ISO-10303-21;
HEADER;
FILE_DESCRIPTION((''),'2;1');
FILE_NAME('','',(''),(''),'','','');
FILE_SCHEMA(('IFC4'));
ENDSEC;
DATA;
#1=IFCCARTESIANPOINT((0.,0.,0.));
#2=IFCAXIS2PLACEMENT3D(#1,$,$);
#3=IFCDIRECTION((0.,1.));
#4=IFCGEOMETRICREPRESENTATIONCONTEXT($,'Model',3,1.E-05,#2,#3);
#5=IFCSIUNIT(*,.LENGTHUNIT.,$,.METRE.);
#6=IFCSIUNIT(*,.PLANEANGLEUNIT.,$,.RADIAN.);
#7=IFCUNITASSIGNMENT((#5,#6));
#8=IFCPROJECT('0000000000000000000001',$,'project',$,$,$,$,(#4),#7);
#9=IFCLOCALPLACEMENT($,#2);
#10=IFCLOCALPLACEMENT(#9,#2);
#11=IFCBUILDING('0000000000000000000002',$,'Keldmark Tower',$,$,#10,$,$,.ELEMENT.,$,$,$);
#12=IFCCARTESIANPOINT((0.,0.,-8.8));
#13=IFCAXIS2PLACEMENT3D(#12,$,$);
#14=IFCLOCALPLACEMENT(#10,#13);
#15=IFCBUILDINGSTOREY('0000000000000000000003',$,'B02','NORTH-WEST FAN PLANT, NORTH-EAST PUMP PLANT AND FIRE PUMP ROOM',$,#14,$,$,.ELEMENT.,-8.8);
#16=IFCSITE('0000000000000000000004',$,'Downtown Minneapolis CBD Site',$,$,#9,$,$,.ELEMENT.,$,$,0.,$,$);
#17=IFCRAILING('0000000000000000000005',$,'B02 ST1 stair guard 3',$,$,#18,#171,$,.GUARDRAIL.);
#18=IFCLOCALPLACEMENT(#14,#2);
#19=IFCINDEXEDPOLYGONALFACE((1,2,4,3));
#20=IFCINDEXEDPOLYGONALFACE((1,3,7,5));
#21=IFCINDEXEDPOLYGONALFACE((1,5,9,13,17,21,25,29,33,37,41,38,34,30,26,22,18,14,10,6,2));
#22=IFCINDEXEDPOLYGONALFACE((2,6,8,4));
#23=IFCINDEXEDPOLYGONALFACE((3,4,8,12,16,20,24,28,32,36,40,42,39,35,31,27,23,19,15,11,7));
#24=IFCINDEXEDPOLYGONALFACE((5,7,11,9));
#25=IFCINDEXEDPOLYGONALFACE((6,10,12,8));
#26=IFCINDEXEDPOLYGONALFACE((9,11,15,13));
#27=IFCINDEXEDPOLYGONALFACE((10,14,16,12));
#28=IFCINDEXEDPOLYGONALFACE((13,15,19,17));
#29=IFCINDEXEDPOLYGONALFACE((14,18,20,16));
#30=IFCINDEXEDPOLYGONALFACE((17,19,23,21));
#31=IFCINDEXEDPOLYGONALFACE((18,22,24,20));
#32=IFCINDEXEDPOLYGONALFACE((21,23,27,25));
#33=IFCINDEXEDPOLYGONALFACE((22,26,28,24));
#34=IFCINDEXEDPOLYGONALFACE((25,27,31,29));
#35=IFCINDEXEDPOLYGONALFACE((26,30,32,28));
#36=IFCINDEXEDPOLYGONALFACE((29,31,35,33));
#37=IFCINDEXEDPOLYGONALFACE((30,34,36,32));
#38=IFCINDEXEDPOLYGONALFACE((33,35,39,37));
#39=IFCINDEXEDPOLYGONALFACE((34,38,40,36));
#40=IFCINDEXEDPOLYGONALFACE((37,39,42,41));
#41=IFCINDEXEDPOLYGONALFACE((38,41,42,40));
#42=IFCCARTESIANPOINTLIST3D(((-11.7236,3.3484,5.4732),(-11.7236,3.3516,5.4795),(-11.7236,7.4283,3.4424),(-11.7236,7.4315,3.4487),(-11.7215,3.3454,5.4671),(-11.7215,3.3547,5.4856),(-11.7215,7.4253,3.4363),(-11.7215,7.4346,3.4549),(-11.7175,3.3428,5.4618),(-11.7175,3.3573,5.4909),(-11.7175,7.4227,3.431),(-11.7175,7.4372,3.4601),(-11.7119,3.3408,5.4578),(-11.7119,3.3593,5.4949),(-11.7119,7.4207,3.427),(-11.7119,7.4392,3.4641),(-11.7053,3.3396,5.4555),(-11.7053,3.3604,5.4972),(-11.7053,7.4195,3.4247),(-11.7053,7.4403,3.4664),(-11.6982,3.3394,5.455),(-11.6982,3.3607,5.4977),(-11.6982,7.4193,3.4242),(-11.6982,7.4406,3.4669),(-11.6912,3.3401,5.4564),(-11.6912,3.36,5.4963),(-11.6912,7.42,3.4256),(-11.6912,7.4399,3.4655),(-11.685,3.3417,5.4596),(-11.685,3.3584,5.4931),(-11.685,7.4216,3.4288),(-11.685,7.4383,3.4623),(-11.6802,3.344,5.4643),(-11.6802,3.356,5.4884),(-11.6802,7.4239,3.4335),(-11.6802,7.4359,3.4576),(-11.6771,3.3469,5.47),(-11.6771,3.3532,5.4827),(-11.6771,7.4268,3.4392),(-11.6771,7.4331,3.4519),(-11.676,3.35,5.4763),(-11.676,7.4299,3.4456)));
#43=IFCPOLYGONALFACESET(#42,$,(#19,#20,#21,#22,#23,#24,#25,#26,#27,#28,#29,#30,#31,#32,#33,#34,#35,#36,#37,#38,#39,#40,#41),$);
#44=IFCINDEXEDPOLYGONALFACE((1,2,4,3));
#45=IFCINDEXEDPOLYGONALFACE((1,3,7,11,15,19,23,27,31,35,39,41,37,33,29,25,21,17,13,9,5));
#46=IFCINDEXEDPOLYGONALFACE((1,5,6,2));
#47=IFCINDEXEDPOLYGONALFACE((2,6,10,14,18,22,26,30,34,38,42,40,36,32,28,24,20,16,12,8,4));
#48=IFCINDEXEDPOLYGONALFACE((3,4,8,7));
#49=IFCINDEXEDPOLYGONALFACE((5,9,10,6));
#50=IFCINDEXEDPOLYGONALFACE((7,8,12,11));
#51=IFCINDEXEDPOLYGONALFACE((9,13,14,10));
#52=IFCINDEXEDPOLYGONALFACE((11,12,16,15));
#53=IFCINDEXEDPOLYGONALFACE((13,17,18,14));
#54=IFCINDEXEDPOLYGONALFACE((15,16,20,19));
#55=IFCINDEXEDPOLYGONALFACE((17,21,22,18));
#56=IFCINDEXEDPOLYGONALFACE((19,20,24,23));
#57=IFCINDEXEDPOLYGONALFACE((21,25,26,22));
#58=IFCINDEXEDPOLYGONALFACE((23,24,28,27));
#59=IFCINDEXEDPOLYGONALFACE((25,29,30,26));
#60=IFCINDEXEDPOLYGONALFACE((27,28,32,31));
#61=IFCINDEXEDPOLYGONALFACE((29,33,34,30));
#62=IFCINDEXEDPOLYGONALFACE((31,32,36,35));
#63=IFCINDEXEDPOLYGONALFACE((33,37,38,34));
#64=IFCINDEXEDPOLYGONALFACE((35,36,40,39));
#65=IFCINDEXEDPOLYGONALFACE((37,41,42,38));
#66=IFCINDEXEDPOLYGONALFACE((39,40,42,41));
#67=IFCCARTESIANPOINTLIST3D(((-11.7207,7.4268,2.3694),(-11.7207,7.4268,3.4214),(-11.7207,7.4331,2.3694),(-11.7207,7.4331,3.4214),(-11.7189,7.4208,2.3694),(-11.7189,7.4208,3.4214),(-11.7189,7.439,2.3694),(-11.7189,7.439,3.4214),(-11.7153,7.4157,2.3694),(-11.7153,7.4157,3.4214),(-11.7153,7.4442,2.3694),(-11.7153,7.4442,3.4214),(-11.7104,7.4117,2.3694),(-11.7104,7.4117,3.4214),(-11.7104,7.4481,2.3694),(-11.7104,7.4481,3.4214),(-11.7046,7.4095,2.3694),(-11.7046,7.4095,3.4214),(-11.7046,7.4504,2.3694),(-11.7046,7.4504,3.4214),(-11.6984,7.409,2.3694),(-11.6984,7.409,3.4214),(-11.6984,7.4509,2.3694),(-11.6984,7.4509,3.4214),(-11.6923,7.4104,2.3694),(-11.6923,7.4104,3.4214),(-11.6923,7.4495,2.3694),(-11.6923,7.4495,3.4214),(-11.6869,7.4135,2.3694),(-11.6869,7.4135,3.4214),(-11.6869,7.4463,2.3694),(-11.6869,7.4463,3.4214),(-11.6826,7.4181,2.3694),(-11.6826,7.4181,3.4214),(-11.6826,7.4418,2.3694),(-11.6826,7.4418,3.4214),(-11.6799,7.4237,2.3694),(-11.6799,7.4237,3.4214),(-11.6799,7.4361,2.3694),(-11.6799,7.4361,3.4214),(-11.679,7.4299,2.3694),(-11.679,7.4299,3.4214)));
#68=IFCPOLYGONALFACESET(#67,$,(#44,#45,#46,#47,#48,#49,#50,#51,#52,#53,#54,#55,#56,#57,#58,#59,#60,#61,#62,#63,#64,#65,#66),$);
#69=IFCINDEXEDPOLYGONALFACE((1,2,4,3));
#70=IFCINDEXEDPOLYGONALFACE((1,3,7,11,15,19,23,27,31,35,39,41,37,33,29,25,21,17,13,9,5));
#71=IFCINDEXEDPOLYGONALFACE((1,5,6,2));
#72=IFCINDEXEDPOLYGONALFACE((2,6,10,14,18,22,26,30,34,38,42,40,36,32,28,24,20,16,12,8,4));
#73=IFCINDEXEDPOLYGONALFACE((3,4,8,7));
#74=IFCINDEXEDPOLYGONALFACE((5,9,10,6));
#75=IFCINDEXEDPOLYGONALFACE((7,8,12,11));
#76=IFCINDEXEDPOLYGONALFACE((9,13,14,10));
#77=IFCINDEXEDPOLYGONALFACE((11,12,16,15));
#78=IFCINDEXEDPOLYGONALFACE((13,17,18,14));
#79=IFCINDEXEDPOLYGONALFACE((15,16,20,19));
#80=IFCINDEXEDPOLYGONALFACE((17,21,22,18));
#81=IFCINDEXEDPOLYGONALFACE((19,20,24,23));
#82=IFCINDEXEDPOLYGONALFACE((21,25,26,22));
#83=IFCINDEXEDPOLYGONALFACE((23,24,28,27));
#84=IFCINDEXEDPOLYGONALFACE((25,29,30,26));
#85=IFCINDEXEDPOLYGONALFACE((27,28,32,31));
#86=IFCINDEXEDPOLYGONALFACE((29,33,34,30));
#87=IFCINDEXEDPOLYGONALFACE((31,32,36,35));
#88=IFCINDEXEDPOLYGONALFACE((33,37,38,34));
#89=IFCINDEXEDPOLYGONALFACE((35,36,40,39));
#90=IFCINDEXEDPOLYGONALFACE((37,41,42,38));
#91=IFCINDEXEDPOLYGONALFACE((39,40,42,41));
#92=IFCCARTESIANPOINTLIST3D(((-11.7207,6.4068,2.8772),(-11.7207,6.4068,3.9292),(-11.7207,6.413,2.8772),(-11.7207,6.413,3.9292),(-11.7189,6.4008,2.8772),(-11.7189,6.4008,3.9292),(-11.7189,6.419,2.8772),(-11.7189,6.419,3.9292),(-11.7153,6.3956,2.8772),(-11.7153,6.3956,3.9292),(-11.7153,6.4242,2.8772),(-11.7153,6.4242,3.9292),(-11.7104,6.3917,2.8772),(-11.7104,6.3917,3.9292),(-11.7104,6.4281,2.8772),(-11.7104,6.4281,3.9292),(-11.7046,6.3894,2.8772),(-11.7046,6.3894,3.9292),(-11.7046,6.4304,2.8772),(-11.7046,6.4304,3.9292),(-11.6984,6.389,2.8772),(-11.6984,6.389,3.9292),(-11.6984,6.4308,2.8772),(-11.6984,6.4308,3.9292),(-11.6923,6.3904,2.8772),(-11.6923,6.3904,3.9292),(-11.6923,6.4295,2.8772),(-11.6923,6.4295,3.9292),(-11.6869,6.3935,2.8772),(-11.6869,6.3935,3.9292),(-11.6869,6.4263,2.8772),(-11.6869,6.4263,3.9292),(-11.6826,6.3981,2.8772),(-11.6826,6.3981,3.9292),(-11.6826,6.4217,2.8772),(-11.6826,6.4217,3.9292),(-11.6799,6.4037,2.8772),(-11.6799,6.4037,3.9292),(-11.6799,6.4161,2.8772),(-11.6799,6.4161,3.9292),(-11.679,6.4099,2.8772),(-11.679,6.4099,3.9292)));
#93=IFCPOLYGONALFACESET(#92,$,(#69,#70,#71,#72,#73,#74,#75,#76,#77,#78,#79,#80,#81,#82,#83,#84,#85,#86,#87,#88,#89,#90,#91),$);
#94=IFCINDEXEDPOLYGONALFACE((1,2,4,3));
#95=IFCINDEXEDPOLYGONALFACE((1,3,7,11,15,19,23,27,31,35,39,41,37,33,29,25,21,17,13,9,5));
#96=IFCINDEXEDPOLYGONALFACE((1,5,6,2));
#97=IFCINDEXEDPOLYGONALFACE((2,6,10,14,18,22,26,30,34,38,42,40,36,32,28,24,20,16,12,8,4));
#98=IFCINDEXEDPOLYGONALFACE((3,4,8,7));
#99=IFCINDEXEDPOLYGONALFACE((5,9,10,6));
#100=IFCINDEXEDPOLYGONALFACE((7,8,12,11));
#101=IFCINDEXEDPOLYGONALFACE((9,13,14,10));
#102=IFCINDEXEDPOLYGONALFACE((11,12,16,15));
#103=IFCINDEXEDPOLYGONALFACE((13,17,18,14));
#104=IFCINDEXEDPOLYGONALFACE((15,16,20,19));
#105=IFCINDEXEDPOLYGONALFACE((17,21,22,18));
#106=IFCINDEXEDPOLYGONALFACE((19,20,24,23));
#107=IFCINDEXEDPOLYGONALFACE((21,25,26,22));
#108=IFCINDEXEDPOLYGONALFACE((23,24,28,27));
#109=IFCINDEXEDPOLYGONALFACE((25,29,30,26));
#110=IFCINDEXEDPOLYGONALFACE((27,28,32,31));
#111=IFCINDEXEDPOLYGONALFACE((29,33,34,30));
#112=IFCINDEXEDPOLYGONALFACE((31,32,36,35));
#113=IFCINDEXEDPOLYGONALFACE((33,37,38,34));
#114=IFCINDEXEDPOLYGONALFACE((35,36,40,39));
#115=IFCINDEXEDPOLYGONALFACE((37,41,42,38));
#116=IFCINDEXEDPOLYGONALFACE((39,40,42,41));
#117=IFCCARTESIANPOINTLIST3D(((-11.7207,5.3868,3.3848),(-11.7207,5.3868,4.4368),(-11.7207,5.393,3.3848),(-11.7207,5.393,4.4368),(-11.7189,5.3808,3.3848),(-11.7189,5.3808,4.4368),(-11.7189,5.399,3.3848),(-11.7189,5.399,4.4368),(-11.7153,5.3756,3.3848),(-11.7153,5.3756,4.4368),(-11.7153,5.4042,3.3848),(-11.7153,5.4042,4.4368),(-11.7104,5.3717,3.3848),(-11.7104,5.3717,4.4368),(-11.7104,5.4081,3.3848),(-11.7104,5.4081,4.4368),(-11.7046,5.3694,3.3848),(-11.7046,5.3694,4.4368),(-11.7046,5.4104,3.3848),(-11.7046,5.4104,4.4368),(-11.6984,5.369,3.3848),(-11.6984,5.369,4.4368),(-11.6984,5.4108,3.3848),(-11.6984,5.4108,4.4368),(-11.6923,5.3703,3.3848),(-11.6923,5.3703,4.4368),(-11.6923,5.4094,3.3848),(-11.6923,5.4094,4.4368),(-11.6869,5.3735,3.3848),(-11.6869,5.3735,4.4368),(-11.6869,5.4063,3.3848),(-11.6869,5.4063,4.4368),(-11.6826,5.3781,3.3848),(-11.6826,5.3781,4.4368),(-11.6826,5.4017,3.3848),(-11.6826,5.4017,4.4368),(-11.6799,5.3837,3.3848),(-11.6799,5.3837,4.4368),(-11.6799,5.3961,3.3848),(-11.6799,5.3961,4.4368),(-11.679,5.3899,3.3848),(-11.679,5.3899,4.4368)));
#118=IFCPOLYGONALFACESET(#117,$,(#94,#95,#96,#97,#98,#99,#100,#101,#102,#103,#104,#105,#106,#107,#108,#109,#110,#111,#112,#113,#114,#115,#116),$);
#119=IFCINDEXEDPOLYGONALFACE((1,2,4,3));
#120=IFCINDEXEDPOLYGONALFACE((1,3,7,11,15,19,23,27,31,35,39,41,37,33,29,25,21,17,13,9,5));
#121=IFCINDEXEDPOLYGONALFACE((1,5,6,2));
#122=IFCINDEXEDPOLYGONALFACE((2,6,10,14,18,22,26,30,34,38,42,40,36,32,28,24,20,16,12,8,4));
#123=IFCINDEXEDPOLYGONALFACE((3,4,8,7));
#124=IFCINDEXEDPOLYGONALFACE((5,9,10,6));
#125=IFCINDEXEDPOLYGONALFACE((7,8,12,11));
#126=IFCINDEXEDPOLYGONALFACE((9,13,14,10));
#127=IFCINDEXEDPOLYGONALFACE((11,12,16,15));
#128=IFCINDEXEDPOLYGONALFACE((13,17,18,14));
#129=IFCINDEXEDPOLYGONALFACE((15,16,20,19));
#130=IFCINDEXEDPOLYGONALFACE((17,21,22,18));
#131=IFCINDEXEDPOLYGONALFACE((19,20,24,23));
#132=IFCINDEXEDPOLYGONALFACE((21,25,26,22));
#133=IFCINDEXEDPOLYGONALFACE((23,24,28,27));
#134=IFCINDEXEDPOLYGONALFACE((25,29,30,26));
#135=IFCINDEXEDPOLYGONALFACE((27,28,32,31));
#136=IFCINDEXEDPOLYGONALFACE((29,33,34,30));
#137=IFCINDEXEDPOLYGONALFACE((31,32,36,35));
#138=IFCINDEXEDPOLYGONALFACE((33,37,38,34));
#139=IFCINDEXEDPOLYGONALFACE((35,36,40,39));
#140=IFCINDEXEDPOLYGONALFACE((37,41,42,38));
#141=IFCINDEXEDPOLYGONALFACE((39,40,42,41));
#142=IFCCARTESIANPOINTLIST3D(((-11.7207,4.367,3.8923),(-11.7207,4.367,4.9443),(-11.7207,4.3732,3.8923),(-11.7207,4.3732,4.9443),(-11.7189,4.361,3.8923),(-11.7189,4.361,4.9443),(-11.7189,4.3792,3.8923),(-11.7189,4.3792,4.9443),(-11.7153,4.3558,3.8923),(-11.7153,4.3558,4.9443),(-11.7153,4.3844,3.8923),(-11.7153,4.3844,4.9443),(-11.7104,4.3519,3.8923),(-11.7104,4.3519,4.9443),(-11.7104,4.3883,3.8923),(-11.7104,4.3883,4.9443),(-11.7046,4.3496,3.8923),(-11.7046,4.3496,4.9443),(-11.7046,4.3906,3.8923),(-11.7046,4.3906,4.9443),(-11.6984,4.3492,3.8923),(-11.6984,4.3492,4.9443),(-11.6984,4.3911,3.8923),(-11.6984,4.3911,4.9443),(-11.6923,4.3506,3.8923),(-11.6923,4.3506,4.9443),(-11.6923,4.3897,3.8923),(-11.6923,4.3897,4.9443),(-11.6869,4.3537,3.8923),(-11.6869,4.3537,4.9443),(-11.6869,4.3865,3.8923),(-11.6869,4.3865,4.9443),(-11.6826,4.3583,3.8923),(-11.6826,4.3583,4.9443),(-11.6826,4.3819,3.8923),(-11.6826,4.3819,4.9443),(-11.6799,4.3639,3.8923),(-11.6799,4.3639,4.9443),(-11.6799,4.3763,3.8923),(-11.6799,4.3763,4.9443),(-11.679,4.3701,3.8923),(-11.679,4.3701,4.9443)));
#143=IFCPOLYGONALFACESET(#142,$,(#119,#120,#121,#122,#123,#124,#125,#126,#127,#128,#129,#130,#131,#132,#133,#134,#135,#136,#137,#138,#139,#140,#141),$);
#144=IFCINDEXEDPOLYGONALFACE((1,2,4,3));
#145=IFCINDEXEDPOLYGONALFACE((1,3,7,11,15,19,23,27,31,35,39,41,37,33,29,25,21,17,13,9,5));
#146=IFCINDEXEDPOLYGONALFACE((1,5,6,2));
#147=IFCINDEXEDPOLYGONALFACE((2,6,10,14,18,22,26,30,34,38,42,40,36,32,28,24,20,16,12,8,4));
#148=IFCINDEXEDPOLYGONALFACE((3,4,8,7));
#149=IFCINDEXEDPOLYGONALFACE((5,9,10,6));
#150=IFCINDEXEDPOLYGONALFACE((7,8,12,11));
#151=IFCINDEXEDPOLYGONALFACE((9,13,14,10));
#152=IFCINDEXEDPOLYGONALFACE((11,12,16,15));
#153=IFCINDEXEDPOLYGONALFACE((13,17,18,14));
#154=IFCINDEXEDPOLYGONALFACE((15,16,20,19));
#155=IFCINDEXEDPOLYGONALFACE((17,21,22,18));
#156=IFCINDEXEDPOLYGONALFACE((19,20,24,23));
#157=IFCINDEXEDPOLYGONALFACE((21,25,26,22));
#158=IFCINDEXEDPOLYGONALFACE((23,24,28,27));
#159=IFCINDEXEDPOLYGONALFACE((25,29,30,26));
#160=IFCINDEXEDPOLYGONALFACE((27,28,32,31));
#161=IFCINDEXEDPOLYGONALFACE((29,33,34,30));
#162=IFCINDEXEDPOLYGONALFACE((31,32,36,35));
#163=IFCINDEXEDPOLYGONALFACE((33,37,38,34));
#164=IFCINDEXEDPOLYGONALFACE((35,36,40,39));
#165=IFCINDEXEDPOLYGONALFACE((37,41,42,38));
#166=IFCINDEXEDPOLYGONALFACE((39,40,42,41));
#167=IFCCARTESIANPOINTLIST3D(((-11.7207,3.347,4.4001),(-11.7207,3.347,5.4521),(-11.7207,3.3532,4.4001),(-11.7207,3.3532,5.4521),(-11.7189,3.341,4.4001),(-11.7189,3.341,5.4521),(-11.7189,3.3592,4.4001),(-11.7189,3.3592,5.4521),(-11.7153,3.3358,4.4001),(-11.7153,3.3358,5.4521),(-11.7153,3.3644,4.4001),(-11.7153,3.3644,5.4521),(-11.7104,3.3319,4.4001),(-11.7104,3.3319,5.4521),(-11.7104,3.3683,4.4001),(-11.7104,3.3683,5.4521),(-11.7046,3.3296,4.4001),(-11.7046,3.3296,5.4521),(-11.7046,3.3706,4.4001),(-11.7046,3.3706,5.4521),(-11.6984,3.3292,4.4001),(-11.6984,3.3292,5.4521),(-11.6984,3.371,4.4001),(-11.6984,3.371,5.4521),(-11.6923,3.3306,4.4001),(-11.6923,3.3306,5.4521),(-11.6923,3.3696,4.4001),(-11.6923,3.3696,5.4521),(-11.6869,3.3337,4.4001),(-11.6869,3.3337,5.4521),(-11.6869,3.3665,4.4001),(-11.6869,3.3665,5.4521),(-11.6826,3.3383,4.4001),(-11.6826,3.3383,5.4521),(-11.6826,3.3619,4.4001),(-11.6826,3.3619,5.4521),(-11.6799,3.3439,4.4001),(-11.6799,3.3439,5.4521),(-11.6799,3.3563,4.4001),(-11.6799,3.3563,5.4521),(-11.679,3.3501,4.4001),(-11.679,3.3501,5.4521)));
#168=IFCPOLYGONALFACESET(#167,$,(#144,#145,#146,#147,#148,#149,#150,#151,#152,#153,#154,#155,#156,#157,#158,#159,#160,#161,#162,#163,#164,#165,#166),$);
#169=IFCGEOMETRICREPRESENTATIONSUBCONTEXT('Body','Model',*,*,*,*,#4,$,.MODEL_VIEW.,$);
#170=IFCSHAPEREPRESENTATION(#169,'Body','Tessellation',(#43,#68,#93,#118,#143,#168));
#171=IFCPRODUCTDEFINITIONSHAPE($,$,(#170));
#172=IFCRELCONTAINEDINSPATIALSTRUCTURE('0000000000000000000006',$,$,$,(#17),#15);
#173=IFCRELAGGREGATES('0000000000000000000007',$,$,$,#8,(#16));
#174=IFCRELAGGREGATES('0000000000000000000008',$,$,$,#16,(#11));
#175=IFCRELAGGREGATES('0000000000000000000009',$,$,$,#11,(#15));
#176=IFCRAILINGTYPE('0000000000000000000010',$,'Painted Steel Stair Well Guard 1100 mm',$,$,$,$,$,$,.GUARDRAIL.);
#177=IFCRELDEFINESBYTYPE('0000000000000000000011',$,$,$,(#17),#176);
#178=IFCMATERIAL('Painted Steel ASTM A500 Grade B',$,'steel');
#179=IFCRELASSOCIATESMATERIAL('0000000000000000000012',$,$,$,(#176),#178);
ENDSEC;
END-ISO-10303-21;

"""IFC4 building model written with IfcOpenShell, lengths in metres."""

from ifc_helpers import new_model, si_unit, direction, frame, origin, origin_2d, place, context, subcontext, project, spatial, circle, extrude, material, type_object, element, save


model = new_model("IFC4")

# Units and contexts
model_context = context("Model", 3, precision=1e-05, world=origin(), true_north=direction((0.0, 1.0)))
body_context = subcontext(model_context, "Body", "Model", "MODEL_VIEW")
ifc_project = project(units=[si_unit("LENGTHUNIT", "METRE"), si_unit("PLANEANGLEUNIT", "RADIAN")], contexts=[model_context])

# Site, building, storey
site_placement = place(None, origin())
site = spatial("IfcSite", under=ifc_project, at=site_placement, Name="Downtown Minneapolis CBD Site", CompositionType="ELEMENT", RefElevation=0.0)
building_placement = place(site_placement, origin())
building = spatial("IfcBuilding", under=site, at=building_placement, Name="Keldmark Tower", CompositionType="ELEMENT")
storey_placement = place(building_placement, frame((0.0, 0.0, -8.8)))
storey = spatial("IfcBuildingStorey", under=building, at=storey_placement, Name="B02", Description="NORTH-WEST FAN PLANT, NORTH-EAST PUMP PLANT AND FIRE PUMP ROOM", CompositionType="ELEMENT", Elevation=-8.8)

# Railing
ifc_material_1 = material(Name="Painted Steel ASTM A500 Grade B", Category="steel")
railing_type_1 = type_object("IfcRailingType", Name="Painted Steel Stair Well Guard 1100 mm", PredefinedType="GUARDRAIL", material=ifc_material_1)
railing_1_placement = place(storey_placement, frame((-11.7, 7.4299, 2.3694)))
element("IfcRailing", 1, at=railing_1_placement, inside=storey, type_object=railing_type_1, Name="B02 ST1 stair guard 3", PredefinedType="GUARDRAIL", context=body_context, shape_type="SweptSolid", body=[
    extrude(circle(Radius=0.0239, at=origin_2d()), frame((0.0, 0.0, 1.0762), z_axis=(0.0, -0.895229, 0.445606), x_axis=(1.0, 0.0, 0.0)), (0.0, 0.0, 1.0), 4.5574),
    extrude(circle(Radius=0.021, at=origin_2d()), origin(), (0.0, 0.0, 1.0), 1.052),
    extrude(circle(Radius=0.021, at=origin_2d()), frame((0.0, -1.02, 0.5078)), (0.0, 0.0, 1.0), 1.052),
    extrude(circle(Radius=0.021, at=origin_2d()), frame((0.0, -2.04, 1.0154)), (0.0, 0.0, 1.0), 1.052),
    extrude(circle(Radius=0.021, at=origin_2d()), frame((0.0, -3.0598, 1.5229)), (0.0, 0.0, 1.0), 1.052),
    extrude(circle(Radius=0.021, at=origin_2d()), frame((0.0, -4.0798, 2.0308)), (0.0, 0.0, 1.0), 1.052),
])

save(model, "model.ifc")
